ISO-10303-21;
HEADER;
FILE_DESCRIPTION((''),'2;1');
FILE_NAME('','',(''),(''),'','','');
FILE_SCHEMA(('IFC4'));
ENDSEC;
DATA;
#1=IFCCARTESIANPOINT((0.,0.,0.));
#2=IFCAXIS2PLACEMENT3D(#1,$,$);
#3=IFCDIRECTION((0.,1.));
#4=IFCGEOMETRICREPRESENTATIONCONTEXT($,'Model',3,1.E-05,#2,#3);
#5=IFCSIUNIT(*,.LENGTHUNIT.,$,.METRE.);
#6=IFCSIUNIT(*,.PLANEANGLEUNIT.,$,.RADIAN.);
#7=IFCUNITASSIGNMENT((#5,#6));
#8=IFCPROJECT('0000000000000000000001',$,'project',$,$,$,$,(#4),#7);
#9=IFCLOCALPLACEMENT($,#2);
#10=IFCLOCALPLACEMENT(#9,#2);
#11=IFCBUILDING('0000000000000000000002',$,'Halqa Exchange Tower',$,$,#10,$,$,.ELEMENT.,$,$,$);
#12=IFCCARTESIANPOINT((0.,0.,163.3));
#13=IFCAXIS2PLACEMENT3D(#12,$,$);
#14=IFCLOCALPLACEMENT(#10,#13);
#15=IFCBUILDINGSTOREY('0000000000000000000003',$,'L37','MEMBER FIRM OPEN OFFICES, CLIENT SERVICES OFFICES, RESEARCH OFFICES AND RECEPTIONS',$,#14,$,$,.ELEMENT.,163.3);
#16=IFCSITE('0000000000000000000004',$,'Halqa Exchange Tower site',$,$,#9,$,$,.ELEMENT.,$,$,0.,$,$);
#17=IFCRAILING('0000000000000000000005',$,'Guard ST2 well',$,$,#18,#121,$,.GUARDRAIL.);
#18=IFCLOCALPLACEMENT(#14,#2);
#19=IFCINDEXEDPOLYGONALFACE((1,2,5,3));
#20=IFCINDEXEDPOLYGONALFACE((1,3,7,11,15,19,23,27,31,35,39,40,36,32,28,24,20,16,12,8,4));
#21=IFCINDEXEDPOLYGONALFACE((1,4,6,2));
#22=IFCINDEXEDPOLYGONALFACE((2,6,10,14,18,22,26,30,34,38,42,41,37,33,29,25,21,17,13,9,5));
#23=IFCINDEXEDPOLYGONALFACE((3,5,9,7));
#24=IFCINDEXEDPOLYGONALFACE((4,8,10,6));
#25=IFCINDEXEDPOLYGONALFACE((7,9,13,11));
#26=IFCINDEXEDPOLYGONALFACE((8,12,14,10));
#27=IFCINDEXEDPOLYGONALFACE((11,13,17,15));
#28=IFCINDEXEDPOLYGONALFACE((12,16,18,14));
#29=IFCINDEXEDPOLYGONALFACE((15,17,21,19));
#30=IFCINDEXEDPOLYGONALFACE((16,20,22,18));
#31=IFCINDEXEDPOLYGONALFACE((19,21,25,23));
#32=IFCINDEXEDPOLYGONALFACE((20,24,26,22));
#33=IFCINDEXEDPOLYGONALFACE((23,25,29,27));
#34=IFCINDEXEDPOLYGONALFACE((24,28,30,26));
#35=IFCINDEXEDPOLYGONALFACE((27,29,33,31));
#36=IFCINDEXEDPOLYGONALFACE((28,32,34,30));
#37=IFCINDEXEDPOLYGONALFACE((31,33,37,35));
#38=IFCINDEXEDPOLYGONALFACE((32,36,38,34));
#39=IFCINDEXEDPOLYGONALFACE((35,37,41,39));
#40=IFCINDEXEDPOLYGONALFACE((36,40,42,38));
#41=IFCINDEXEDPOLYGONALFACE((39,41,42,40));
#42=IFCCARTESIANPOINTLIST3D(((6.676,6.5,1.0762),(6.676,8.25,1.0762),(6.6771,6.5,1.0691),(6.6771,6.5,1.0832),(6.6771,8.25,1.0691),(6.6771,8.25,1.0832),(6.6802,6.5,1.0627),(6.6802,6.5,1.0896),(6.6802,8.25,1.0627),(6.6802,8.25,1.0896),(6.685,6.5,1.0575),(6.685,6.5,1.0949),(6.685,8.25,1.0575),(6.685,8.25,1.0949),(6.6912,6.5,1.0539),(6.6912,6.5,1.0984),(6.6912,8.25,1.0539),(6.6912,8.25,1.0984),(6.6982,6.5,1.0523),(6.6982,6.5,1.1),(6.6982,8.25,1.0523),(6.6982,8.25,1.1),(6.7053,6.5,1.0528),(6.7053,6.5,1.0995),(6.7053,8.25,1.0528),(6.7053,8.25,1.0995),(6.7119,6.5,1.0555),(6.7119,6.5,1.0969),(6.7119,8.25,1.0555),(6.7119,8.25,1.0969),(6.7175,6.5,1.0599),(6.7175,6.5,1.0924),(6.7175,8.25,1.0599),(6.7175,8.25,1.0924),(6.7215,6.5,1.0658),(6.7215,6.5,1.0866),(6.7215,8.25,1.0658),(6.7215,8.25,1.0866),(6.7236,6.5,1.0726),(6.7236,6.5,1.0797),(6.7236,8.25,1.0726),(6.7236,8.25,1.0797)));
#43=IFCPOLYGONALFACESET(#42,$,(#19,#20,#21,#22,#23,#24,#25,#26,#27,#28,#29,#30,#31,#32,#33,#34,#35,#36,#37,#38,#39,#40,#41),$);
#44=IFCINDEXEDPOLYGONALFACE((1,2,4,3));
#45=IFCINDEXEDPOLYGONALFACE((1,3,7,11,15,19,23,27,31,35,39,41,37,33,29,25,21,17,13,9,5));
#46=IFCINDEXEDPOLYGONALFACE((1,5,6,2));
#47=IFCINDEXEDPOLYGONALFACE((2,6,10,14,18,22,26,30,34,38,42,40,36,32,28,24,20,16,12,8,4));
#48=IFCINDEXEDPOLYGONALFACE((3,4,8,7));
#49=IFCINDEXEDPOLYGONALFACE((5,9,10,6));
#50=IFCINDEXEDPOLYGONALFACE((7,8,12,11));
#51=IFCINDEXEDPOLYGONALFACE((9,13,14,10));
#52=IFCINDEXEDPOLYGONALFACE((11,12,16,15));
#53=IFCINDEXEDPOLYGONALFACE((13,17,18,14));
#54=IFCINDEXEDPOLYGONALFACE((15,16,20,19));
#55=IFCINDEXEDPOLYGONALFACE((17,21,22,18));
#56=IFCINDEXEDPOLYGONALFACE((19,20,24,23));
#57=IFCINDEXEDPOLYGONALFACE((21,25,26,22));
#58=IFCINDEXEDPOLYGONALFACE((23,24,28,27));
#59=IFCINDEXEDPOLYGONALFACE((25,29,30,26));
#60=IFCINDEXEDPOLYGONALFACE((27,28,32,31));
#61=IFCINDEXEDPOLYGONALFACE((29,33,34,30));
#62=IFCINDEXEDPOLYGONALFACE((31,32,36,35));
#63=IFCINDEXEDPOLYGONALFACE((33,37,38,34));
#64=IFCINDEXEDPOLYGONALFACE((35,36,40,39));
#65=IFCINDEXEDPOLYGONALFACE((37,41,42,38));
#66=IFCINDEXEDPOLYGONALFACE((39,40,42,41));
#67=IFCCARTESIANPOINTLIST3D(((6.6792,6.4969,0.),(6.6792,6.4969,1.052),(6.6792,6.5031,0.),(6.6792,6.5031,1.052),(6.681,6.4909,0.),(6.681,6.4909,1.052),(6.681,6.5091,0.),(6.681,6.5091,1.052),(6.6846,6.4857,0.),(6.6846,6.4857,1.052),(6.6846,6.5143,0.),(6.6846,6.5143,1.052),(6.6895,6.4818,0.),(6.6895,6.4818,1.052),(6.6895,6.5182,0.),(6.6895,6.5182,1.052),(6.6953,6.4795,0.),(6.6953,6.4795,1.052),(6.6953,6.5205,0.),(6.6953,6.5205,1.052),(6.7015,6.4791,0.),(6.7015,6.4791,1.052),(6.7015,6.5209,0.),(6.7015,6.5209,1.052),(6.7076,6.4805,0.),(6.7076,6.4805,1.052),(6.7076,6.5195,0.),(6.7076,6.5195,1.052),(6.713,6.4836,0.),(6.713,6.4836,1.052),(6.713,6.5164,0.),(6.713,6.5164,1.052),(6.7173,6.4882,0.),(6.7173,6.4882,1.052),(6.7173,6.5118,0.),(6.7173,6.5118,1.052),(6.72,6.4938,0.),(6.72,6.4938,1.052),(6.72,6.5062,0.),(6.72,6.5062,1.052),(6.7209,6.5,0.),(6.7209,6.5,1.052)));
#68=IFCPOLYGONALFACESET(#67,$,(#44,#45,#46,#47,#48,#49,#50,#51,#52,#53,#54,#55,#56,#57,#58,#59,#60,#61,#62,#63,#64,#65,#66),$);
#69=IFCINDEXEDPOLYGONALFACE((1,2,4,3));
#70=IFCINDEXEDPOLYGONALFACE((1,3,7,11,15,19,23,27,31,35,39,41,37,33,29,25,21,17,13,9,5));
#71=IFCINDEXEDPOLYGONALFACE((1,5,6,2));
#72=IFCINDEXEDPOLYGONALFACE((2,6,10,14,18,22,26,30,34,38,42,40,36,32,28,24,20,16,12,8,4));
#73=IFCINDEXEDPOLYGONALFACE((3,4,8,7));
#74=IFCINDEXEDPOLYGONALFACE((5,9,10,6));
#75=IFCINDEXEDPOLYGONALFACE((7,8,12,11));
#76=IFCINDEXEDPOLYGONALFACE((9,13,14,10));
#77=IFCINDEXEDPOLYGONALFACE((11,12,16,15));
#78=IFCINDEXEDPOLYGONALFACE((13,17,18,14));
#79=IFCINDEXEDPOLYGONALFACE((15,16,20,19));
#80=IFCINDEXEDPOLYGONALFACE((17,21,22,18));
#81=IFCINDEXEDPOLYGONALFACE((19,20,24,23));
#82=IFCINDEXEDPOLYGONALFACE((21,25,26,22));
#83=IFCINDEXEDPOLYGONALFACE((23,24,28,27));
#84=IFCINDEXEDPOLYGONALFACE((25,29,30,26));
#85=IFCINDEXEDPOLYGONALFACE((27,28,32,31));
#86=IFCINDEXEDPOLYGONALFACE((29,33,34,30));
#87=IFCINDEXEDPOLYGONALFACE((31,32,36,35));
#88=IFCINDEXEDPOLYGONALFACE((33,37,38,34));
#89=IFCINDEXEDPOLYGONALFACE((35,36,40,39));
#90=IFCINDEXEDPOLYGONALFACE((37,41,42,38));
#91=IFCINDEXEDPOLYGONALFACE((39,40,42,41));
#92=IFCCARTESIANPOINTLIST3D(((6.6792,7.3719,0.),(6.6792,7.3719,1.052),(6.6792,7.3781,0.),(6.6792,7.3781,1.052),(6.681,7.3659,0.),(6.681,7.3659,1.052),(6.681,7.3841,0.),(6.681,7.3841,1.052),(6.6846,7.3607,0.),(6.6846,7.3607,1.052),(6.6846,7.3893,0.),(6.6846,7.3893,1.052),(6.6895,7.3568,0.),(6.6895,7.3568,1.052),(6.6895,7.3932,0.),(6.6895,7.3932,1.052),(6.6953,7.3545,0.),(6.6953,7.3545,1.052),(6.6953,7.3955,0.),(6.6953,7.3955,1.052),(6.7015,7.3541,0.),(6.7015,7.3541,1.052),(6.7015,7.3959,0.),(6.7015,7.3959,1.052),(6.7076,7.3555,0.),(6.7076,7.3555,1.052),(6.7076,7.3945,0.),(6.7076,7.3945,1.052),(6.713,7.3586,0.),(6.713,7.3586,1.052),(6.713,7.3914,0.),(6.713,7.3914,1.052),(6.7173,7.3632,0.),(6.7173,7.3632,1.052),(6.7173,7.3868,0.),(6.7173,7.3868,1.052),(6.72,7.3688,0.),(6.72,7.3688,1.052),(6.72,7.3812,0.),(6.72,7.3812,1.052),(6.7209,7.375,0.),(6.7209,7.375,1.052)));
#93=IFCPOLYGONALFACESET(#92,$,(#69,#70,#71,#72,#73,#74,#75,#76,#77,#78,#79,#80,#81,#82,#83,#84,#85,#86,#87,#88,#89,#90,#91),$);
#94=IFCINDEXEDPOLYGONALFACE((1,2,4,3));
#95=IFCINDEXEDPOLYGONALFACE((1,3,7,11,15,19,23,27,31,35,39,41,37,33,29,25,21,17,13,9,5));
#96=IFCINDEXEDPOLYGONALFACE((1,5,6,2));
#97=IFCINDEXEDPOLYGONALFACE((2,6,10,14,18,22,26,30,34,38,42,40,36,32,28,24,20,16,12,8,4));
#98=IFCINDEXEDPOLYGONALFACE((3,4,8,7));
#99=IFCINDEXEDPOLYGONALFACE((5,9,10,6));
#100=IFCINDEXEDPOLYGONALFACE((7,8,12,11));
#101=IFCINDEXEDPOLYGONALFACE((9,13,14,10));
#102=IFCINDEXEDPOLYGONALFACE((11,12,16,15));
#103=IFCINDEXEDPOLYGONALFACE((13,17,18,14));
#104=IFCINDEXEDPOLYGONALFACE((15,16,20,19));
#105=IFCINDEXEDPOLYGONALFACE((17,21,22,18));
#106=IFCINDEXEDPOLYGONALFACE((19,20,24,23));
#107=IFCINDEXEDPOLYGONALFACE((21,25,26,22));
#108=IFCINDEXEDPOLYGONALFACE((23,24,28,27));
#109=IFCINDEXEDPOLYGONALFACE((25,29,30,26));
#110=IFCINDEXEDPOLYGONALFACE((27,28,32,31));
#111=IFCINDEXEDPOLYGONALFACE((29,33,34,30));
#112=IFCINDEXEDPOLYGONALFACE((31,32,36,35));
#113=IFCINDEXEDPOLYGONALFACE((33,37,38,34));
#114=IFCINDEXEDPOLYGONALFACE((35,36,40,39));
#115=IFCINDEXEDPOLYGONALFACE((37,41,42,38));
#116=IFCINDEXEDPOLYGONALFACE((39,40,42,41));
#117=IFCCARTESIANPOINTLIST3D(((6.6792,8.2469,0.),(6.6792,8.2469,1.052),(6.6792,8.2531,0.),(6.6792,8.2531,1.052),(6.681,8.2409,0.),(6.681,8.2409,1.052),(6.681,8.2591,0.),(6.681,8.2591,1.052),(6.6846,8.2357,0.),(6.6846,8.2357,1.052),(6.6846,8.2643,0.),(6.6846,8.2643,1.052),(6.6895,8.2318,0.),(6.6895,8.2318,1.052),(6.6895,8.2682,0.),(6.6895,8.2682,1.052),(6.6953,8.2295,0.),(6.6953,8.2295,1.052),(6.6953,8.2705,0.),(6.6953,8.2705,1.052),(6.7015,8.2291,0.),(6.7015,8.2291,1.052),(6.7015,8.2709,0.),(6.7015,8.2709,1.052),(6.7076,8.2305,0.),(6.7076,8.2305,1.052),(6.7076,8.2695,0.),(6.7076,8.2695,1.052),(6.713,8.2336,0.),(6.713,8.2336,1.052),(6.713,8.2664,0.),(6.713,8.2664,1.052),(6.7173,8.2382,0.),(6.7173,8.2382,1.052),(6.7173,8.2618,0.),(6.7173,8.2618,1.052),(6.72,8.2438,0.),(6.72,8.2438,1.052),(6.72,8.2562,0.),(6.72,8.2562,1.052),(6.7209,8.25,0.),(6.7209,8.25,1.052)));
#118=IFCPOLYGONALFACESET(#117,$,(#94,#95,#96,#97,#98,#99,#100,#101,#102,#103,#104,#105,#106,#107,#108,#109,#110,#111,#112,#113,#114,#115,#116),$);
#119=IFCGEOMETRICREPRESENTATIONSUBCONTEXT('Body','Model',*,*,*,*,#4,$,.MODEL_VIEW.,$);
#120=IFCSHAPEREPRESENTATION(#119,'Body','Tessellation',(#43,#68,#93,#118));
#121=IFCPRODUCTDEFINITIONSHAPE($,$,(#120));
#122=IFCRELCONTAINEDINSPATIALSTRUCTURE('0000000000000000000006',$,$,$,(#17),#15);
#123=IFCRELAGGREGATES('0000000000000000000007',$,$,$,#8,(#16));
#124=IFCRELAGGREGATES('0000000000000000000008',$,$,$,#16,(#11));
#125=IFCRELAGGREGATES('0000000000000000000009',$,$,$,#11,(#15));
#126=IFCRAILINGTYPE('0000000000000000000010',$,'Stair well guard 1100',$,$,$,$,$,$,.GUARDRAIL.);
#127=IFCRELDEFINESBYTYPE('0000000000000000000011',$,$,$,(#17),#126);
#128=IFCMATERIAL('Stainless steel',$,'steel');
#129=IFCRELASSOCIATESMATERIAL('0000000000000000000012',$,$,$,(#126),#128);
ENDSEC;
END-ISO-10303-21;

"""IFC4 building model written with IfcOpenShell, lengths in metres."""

from ifc_helpers import new_model, si_unit, direction, frame, origin, origin_2d, place, context, subcontext, project, spatial, circle, extrude, material, type_object, element, save


model = new_model("IFC4")

# Units and contexts
model_context = context("Model", 3, precision=1e-05, world=origin(), true_north=direction((0.0, 1.0)))
body_context = subcontext(model_context, "Body", "Model", "MODEL_VIEW")
ifc_project = project(units=[si_unit("LENGTHUNIT", "METRE"), si_unit("PLANEANGLEUNIT", "RADIAN")], contexts=[model_context])

# Site, building, storey
site_placement = place(None, origin())
site = spatial("IfcSite", under=ifc_project, at=site_placement, Name="Halqa Exchange Tower site", CompositionType="ELEMENT", RefElevation=0.0)
building_placement = place(site_placement, origin())
building = spatial("IfcBuilding", under=site, at=building_placement, Name="Halqa Exchange Tower", CompositionType="ELEMENT")
storey_placement = place(building_placement, frame((0.0, 0.0, 163.3)))
storey = spatial("IfcBuildingStorey", under=building, at=storey_placement, Name="L37", Description="MEMBER FIRM OPEN OFFICES, CLIENT SERVICES OFFICES, RESEARCH OFFICES AND RECEPTIONS", CompositionType="ELEMENT", Elevation=163.3)

# Railing
ifc_material_1 = material(Name="Stainless steel", Category="steel")
railing_type_1 = type_object("IfcRailingType", Name="Stair well guard 1100", PredefinedType="GUARDRAIL", material=ifc_material_1)
railing_1_placement = place(storey_placement, frame((6.7, 6.5, 0.0)))
element("IfcRailing", 1, at=railing_1_placement, inside=storey, type_object=railing_type_1, Name="Guard ST2 well", PredefinedType="GUARDRAIL", context=body_context, shape_type="SweptSolid", body=[
    extrude(circle(Radius=0.0239, at=origin_2d()), frame((0.0, 0.0, 1.0762), z_axis=(0.0, 1.0, 0.0), x_axis=(-1.0, 0.0, 0.0)), (0.0, 0.0, 1.0), 1.75),
    extrude(circle(Radius=0.021, at=origin_2d()), origin(), (0.0, 0.0, 1.0), 1.052),
    extrude(circle(Radius=0.021, at=origin_2d()), frame((0.0, 0.875, 0.0)), (0.0, 0.0, 1.0), 1.052),
    extrude(circle(Radius=0.021, at=origin_2d()), frame((0.0, 1.75, 0.0)), (0.0, 0.0, 1.0), 1.052),
])

save(model, "model.ifc")
